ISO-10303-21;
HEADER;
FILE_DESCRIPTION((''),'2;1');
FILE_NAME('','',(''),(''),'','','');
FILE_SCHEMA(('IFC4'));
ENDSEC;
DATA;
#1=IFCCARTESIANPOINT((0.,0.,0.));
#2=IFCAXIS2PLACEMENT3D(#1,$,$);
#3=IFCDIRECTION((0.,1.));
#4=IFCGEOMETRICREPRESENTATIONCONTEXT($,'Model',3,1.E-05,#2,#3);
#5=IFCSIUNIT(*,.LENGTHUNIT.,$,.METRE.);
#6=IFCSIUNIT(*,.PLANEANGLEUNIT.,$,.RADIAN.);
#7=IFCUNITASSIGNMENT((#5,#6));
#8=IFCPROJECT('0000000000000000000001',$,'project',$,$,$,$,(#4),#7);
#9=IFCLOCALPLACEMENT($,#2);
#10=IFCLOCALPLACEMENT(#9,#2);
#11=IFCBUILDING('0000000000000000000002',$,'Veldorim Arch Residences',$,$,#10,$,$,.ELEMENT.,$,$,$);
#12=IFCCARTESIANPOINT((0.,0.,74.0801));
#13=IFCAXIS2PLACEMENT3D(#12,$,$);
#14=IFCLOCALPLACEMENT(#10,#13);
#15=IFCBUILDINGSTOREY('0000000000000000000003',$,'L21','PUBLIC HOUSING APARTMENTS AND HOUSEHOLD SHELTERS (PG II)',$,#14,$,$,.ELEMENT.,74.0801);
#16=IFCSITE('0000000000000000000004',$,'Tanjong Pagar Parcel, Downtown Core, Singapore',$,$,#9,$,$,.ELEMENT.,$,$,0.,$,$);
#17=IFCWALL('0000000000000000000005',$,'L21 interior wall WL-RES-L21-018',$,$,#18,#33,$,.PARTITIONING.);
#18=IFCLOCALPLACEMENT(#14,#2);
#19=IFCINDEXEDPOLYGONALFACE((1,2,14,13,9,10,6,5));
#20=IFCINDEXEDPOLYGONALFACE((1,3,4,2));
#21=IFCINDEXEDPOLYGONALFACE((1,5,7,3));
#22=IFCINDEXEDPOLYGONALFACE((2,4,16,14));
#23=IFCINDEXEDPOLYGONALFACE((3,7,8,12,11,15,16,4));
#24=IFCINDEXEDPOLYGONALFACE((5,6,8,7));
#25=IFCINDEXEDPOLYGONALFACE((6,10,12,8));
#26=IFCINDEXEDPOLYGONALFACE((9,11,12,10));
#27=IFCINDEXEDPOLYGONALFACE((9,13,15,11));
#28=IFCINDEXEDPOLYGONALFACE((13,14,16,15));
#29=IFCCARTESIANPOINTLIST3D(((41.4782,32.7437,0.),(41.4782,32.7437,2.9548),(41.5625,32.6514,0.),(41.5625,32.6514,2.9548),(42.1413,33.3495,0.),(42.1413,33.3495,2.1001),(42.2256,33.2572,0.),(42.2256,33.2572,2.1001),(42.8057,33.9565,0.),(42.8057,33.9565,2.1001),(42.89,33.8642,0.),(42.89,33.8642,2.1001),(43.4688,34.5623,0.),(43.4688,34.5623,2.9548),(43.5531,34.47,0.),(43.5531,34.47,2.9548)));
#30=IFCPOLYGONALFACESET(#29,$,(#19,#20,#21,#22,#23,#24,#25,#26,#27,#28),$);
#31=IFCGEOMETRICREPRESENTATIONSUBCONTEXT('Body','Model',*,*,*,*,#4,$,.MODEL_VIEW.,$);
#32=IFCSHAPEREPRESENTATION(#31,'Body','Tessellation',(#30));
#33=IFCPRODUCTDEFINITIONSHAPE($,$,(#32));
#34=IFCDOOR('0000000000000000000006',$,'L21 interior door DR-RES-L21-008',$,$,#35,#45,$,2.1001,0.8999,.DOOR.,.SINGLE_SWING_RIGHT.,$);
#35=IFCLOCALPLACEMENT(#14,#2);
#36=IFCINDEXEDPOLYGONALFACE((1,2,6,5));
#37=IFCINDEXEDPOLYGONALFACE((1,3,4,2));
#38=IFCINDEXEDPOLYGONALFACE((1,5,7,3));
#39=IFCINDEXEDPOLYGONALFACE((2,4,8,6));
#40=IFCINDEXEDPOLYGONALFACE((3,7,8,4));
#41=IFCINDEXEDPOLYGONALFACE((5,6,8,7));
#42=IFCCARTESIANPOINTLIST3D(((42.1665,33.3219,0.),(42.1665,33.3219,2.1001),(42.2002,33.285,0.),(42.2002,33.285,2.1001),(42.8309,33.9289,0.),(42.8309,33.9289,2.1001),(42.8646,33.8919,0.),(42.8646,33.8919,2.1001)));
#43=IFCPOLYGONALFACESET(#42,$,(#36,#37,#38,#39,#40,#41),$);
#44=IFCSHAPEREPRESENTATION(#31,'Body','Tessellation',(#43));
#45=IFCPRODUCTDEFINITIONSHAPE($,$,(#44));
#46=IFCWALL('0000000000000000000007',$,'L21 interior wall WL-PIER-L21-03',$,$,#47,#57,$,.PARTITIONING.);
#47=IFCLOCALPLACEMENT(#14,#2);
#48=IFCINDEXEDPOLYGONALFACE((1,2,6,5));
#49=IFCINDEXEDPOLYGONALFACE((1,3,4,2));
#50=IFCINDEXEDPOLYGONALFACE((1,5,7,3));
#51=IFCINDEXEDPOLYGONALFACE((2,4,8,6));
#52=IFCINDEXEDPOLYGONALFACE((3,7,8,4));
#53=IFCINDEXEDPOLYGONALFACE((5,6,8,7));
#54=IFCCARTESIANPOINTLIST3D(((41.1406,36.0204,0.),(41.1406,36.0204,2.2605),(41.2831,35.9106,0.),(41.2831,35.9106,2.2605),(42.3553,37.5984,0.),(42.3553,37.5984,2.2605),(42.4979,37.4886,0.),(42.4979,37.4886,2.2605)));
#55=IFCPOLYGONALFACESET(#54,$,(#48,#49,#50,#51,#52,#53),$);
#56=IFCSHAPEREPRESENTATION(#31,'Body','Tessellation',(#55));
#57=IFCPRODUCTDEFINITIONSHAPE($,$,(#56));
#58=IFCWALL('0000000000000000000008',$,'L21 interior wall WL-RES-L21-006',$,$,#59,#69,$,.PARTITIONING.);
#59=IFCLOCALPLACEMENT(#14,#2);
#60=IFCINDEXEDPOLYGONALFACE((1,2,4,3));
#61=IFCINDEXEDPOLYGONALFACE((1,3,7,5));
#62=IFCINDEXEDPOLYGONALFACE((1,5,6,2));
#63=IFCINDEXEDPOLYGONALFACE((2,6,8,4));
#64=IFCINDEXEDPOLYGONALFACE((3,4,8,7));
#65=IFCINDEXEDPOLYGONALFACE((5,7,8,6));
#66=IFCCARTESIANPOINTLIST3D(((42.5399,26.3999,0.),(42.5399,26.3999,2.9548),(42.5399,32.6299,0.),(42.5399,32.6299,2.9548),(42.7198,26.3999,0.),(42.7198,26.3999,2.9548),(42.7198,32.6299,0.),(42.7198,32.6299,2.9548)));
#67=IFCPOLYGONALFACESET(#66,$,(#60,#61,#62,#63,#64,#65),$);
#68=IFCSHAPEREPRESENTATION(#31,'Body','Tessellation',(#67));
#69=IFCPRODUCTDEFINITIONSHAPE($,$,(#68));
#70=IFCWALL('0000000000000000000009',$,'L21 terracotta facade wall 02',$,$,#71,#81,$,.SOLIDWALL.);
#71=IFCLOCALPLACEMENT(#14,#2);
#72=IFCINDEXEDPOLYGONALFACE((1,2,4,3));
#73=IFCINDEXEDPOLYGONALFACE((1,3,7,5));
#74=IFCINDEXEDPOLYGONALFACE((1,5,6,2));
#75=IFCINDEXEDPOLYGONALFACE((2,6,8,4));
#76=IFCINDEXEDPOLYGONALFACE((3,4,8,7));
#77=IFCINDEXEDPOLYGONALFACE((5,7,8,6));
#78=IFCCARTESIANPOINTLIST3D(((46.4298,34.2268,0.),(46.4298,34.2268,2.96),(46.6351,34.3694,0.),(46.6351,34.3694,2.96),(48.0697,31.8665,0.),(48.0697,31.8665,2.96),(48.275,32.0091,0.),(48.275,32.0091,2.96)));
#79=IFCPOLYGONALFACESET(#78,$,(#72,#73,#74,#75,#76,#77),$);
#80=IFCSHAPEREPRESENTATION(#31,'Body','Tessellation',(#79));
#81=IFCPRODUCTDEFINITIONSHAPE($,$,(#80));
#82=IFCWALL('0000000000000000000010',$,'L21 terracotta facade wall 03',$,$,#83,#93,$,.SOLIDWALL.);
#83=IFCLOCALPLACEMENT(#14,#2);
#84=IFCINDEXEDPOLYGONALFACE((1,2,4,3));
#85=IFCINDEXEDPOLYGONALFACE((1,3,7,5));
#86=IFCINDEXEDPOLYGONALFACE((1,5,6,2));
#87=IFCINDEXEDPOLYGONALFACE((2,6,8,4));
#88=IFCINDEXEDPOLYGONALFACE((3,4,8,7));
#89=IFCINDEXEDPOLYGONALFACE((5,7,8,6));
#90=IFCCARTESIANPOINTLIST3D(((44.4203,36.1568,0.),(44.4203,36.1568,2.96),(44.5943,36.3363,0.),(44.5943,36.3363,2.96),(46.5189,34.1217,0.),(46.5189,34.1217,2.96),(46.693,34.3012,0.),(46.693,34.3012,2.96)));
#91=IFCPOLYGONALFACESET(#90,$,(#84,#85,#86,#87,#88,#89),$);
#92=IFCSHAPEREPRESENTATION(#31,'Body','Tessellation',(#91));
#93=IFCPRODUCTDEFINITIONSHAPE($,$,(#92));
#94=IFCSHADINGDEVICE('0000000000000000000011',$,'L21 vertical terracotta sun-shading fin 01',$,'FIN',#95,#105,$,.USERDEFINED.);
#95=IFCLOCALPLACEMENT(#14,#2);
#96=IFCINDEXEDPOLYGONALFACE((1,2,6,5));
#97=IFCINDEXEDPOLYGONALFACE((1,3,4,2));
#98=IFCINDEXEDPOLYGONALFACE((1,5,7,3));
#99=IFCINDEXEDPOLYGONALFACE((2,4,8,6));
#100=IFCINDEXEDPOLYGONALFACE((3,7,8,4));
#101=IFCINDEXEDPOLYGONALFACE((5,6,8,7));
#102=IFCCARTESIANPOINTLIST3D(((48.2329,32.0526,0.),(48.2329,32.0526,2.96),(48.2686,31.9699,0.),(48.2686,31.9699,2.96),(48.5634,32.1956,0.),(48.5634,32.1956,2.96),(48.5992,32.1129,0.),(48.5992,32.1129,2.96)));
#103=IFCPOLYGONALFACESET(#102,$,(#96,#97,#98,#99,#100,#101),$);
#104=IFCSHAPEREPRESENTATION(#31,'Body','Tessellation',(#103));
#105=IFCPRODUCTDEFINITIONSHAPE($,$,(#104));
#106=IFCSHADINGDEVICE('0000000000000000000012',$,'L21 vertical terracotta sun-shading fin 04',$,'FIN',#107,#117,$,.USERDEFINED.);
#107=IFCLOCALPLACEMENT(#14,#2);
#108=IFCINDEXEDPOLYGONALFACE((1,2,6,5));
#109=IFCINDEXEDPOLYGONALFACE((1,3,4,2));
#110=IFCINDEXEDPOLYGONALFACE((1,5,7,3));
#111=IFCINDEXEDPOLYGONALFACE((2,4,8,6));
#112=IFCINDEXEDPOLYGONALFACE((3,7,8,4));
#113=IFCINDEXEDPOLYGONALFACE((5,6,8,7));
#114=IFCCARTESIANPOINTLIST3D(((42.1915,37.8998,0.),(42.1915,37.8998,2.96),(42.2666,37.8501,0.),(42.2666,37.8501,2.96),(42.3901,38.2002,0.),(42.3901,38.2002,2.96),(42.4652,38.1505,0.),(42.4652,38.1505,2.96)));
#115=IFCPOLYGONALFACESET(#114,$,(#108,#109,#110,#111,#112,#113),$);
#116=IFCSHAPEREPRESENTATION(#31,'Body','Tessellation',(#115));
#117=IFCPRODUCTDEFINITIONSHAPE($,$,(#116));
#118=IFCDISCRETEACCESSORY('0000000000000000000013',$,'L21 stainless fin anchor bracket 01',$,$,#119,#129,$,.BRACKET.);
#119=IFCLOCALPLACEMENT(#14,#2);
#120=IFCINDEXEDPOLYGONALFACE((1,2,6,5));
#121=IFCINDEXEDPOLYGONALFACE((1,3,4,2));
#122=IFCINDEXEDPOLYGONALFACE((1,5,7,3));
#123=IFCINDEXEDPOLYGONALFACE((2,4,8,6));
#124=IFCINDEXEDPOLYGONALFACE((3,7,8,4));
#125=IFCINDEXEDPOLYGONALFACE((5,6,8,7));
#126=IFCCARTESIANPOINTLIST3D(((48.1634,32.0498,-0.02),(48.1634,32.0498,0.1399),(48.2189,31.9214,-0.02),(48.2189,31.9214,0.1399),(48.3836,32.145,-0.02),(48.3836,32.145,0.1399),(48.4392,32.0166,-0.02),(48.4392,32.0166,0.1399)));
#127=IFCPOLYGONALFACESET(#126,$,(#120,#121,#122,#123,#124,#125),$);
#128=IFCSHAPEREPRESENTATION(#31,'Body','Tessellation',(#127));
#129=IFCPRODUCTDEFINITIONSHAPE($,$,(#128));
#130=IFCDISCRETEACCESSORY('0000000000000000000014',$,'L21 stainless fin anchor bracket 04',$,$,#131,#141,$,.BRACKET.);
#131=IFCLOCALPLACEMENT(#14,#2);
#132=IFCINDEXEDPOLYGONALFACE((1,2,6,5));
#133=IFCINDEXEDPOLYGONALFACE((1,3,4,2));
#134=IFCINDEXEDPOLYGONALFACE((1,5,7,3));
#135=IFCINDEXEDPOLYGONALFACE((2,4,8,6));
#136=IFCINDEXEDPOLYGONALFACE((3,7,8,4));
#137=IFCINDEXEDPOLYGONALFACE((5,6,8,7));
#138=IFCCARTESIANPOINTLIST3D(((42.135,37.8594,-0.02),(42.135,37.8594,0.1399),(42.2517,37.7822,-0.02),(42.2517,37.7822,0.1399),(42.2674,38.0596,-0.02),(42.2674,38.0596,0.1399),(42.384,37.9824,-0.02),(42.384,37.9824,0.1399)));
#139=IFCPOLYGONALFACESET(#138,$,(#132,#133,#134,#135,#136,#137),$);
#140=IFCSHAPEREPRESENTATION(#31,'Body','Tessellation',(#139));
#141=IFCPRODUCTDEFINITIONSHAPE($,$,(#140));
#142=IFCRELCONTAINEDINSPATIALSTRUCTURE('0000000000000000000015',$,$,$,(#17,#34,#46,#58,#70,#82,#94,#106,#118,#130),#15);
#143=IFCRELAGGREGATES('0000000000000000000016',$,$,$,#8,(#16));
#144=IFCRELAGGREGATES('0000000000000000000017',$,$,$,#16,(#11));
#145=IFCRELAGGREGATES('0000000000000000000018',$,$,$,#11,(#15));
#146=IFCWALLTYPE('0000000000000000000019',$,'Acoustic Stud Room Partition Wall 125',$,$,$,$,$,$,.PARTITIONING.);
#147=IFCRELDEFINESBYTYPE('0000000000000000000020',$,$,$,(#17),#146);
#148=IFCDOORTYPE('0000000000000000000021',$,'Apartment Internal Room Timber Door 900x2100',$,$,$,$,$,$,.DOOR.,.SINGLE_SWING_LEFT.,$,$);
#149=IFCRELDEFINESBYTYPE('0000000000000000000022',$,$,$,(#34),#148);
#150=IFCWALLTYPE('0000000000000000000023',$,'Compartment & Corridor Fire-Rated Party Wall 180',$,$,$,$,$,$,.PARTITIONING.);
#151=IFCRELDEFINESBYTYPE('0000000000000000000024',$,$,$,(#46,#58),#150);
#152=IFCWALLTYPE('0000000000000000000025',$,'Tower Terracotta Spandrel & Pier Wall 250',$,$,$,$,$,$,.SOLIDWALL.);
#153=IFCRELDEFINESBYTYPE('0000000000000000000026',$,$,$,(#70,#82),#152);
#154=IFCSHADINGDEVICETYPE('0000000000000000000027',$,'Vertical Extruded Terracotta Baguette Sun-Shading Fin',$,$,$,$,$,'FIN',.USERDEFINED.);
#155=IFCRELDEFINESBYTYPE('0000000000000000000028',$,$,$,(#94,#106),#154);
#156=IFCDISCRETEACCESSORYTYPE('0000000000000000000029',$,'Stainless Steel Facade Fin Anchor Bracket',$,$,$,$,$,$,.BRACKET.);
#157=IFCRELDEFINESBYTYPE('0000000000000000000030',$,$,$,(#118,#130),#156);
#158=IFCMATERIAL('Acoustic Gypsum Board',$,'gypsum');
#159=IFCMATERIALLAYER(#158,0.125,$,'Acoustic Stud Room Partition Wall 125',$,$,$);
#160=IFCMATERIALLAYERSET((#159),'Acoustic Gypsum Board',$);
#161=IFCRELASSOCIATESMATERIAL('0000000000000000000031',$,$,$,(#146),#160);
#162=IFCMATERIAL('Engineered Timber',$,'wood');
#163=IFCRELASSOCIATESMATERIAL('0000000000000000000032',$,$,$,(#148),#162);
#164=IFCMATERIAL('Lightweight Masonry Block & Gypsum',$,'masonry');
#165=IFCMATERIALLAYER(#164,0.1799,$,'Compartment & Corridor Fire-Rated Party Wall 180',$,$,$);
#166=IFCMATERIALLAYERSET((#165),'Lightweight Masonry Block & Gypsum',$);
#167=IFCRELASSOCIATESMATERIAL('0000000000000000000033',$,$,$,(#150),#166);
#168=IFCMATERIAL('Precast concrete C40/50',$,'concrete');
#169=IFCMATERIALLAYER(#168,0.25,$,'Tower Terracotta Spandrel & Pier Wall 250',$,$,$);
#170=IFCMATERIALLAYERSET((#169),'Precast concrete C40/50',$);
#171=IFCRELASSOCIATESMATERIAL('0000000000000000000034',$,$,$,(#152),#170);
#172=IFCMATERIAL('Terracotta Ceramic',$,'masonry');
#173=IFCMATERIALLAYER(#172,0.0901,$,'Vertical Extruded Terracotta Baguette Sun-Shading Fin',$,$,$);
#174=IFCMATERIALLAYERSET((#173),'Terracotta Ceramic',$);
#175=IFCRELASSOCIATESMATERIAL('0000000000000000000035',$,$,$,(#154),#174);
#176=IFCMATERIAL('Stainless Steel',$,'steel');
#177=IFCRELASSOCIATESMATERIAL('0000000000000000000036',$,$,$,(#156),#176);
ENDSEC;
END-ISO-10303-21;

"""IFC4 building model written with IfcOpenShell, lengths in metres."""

from ifc_helpers import new_model, si_unit, direction, frame, frame_2d, origin, origin_2d, place, context, subcontext, project, spatial, rectangle, extrude, material, layer, layer_set, type_object, element, fill, save


model = new_model("IFC4")

# Units and contexts
model_context = context("Model", 3, precision=1e-05, world=origin(), true_north=direction((0.0, 1.0)))
body_context = subcontext(model_context, "Body", "Model", "MODEL_VIEW")
ifc_project = project(units=[si_unit("LENGTHUNIT", "METRE"), si_unit("PLANEANGLEUNIT", "RADIAN")], contexts=[model_context])

# Site, building, storey
site_placement = place(None, origin())
site = spatial("IfcSite", under=ifc_project, at=site_placement, Name="Tanjong Pagar Parcel, Downtown Core, Singapore", CompositionType="ELEMENT", RefElevation=0.0)
building_placement = place(site_placement, origin())
building = spatial("IfcBuilding", under=site, at=building_placement, Name="Veldorim Arch Residences", CompositionType="ELEMENT")
storey_placement = place(building_placement, frame((0.0, 0.0, 74.0801)))
storey = spatial("IfcBuildingStorey", under=building, at=storey_placement, Name="L21", Description="PUBLIC HOUSING APARTMENTS AND HOUSEHOLD SHELTERS (PG II)", CompositionType="ELEMENT", Elevation=74.0801)

# Wall, opening, door
ifc_material_1 = material(Name="Acoustic Gypsum Board", Category="gypsum")
ifc_layer_1 = layer(ifc_material_1, 0.125, Name="Acoustic Stud Room Partition Wall 125")
ifc_layer_set_1 = layer_set([ifc_layer_1], Name="Acoustic Gypsum Board")
wall_type_1 = type_object("IfcWallType", Name="Acoustic Stud Room Partition Wall 125", PredefinedType="PARTITIONING", material=ifc_layer_set_1)
wall_1_placement = place(storey_placement, frame((43.511, 34.5161, 0.0), z_axis=(0.0, 0.0, 1.0), x_axis=(-0.738303, -0.674469, 0.0)))
wall_1 = element("IfcWall", 1, at=wall_1_placement, inside=storey, type_object=wall_type_1, Name="L21 interior wall WL-RES-L21-018", PredefinedType="PARTITIONING", context=body_context, shape_type="SweptSolid", body=[
    extrude(rectangle(XDim=2.6963, YDim=0.125, at=frame_2d((1.3481, 0.0))), origin(), (0.0, 0.0, 1.0), 2.9548),
])
opening_placement = place(wall_1_placement, frame((0.8982, 0.0, 0.0)))
opening = element("IfcOpeningElement", 2, at=opening_placement, cuts=wall_1, PredefinedType="OPENING", context=body_context, shape_type="SweptSolid", body=[
    extrude(rectangle(XDim=0.8999, YDim=2.1001, at=frame_2d((0.45, 1.05))), frame((0.0, 0.0725, 0.0), z_axis=(0.0, -1.0, 0.0), x_axis=(1.0, 0.0, 0.0)), (0.0, 0.0, 1.0), 0.145),
])
ifc_material_2 = material(Name="Engineered Timber", Category="wood")
door_type = type_object("IfcDoorType", Name="Apartment Internal Room Timber Door 900x2100", OperationType="SINGLE_SWING_LEFT", PredefinedType="DOOR", material=ifc_material_2)
door_placement = place(opening_placement, origin())
door = element("IfcDoor", 3, at=door_placement, inside=storey, type_object=door_type, Name="L21 interior door DR-RES-L21-008", OperationType="SINGLE_SWING_RIGHT", OverallHeight=2.1001, OverallWidth=0.8999, PredefinedType="DOOR", context=body_context, shape_type="SweptSolid", body=[
    extrude(rectangle(XDim=0.8999, YDim=2.1001, at=frame_2d((0.45, 1.05))), frame((0.0, 0.0249, 0.0), z_axis=(0.0, -1.0, 0.0), x_axis=(1.0, 0.0, 0.0)), (0.0, 0.0, 1.0), 0.05),
])
fill(opening, door)

# Walls
ifc_material_3 = material(Name="Lightweight Masonry Block & Gypsum", Category="masonry")
ifc_layer_2 = layer(ifc_material_3, 0.1799, Name="Compartment & Corridor Fire-Rated Party Wall 180")
ifc_layer_set_2 = layer_set([ifc_layer_2], Name="Lightweight Masonry Block & Gypsum")
wall_type_2 = type_object("IfcWallType", Name="Compartment & Corridor Fire-Rated Party Wall 180", PredefinedType="PARTITIONING", material=ifc_layer_set_2)
wall_2_placement = place(storey_placement, frame((41.2119, 35.9656, 0.0), z_axis=(0.0, 0.0, 1.0), x_axis=(0.609995, 0.792405, 0.0)))
element("IfcWall", 4, at=wall_2_placement, inside=storey, type_object=wall_type_2, Name="L21 interior wall WL-PIER-L21-03", PredefinedType="PARTITIONING", context=body_context, shape_type="SweptSolid", body=[
    extrude(rectangle(XDim=1.9915, YDim=0.1799, at=frame_2d((0.9956, 0.0))), origin(), (0.0, 0.0, 1.0), 2.2605),
])
wall_3_placement = place(storey_placement, frame((42.6299, 32.6299, 0.0), z_axis=(0.0, 0.0, 1.0), x_axis=(0.0, -1.0, 0.0)))
element("IfcWall", 5, at=wall_3_placement, inside=storey, type_object=wall_type_2, Name="L21 interior wall WL-RES-L21-006", PredefinedType="PARTITIONING", context=body_context, shape_type="SweptSolid", body=[
    extrude(rectangle(XDim=6.23, YDim=0.1799, at=frame_2d((3.115, 0.0))), origin(), (0.0, 0.0, 1.0), 2.9548),
])
ifc_material_4 = material(Name="Precast concrete C40/50", Category="concrete")
ifc_layer_3 = layer(ifc_material_4, 0.25, Name="Tower Terracotta Spandrel & Pier Wall 250")
ifc_layer_set_3 = layer_set([ifc_layer_3], Name="Precast concrete C40/50")
wall_type_3 = type_object("IfcWallType", Name="Tower Terracotta Spandrel & Pier Wall 250", PredefinedType="SOLIDWALL", material=ifc_layer_set_3)
wall_4_placement = place(storey_placement, frame((46.5325, 34.2981, 0.0), z_axis=(0.0, 0.0, 1.0), x_axis=(0.570574, -0.821246, 0.0)))
element("IfcWall", 6, at=wall_4_placement, inside=storey, type_object=wall_type_3, Name="L21 terracotta facade wall 02", PredefinedType="SOLIDWALL", context=body_context, shape_type="SweptSolid", body=[
    extrude(rectangle(XDim=2.874, YDim=0.25, at=frame_2d((1.437, 0.0))), origin(), (0.0, 0.0, 1.0), 2.96),
])
wall_5_placement = place(storey_placement, frame((44.5073, 36.2466, 0.0), z_axis=(0.0, 0.0, 1.0), x_axis=(0.71788, -0.696167, 0.0)))
element("IfcWall", 7, at=wall_5_placement, inside=storey, type_object=wall_type_3, Name="L21 terracotta facade wall 03", PredefinedType="SOLIDWALL", context=body_context, shape_type="SweptSolid", body=[
    extrude(rectangle(XDim=2.9233, YDim=0.25, at=frame_2d((1.4617, 0.0))), origin(), (0.0, 0.0, 1.0), 2.96),
])

# Shading devices
ifc_material_5 = material(Name="Terracotta Ceramic", Category="masonry")
ifc_layer_4 = layer(ifc_material_5, 0.0901, Name="Vertical Extruded Terracotta Baguette Sun-Shading Fin")
ifc_layer_set_4 = layer_set([ifc_layer_4], Name="Terracotta Ceramic")
shading_device_type = type_object("IfcShadingDeviceType", Name="Vertical Extruded Terracotta Baguette Sun-Shading Fin", ElementType="FIN", PredefinedType="USERDEFINED", material=ifc_layer_set_4)
for number, where, z_axis, x_axis, name in (
    (8, (48.416, 32.0828, 0.0), (0.0, 0.0, 1.0), (0.396988, -0.917824, 0.0), "L21 vertical terracotta sun-shading fin 01"),
    (9, (42.3284, 38.0251, 0.0), (0.0, 0.0, 1.0), (0.834175, -0.5515, 0.0), "L21 vertical terracotta sun-shading fin 04"),
):
    element("IfcShadingDevice", number, at=place(storey_placement, frame(where, z_axis=z_axis, x_axis=x_axis)), inside=storey, type_object=shading_device_type, Name=name, ObjectType="FIN", PredefinedType="USERDEFINED", context=body_context, shape_type="SweptSolid", body=[
        extrude(rectangle(XDim=0.0901, YDim=0.3601, at=origin_2d()), origin(), (0.0, 0.0, 1.0), 2.96),
    ])

# Discrete accessories
ifc_material_6 = material(Name="Stainless Steel", Category="steel")
discrete_accessory_type = type_object("IfcDiscreteAccessoryType", Name="Stainless Steel Facade Fin Anchor Bracket", PredefinedType="BRACKET", material=ifc_material_6)
for number, where, z_axis, x_axis, name in (
    (10, (48.3013, 32.0332, -0.02), (0.0, 0.0, 1.0), (0.396988, -0.917824, 0.0), "L21 stainless fin anchor bracket 01"),
    (11, (42.2595, 37.9209, -0.02), (0.0, 0.0, 1.0), (0.834175, -0.5515, 0.0), "L21 stainless fin anchor bracket 04"),
):
    element("IfcDiscreteAccessory", number, at=place(storey_placement, frame(where, z_axis=z_axis, x_axis=x_axis)), inside=storey, type_object=discrete_accessory_type, Name=name, PredefinedType="BRACKET", context=body_context, shape_type="SweptSolid", body=[
        extrude(rectangle(XDim=0.1399, YDim=0.24, at=origin_2d()), origin(), (0.0, 0.0, 1.0), 0.1599),
    ])

save(model, "model.ifc")
